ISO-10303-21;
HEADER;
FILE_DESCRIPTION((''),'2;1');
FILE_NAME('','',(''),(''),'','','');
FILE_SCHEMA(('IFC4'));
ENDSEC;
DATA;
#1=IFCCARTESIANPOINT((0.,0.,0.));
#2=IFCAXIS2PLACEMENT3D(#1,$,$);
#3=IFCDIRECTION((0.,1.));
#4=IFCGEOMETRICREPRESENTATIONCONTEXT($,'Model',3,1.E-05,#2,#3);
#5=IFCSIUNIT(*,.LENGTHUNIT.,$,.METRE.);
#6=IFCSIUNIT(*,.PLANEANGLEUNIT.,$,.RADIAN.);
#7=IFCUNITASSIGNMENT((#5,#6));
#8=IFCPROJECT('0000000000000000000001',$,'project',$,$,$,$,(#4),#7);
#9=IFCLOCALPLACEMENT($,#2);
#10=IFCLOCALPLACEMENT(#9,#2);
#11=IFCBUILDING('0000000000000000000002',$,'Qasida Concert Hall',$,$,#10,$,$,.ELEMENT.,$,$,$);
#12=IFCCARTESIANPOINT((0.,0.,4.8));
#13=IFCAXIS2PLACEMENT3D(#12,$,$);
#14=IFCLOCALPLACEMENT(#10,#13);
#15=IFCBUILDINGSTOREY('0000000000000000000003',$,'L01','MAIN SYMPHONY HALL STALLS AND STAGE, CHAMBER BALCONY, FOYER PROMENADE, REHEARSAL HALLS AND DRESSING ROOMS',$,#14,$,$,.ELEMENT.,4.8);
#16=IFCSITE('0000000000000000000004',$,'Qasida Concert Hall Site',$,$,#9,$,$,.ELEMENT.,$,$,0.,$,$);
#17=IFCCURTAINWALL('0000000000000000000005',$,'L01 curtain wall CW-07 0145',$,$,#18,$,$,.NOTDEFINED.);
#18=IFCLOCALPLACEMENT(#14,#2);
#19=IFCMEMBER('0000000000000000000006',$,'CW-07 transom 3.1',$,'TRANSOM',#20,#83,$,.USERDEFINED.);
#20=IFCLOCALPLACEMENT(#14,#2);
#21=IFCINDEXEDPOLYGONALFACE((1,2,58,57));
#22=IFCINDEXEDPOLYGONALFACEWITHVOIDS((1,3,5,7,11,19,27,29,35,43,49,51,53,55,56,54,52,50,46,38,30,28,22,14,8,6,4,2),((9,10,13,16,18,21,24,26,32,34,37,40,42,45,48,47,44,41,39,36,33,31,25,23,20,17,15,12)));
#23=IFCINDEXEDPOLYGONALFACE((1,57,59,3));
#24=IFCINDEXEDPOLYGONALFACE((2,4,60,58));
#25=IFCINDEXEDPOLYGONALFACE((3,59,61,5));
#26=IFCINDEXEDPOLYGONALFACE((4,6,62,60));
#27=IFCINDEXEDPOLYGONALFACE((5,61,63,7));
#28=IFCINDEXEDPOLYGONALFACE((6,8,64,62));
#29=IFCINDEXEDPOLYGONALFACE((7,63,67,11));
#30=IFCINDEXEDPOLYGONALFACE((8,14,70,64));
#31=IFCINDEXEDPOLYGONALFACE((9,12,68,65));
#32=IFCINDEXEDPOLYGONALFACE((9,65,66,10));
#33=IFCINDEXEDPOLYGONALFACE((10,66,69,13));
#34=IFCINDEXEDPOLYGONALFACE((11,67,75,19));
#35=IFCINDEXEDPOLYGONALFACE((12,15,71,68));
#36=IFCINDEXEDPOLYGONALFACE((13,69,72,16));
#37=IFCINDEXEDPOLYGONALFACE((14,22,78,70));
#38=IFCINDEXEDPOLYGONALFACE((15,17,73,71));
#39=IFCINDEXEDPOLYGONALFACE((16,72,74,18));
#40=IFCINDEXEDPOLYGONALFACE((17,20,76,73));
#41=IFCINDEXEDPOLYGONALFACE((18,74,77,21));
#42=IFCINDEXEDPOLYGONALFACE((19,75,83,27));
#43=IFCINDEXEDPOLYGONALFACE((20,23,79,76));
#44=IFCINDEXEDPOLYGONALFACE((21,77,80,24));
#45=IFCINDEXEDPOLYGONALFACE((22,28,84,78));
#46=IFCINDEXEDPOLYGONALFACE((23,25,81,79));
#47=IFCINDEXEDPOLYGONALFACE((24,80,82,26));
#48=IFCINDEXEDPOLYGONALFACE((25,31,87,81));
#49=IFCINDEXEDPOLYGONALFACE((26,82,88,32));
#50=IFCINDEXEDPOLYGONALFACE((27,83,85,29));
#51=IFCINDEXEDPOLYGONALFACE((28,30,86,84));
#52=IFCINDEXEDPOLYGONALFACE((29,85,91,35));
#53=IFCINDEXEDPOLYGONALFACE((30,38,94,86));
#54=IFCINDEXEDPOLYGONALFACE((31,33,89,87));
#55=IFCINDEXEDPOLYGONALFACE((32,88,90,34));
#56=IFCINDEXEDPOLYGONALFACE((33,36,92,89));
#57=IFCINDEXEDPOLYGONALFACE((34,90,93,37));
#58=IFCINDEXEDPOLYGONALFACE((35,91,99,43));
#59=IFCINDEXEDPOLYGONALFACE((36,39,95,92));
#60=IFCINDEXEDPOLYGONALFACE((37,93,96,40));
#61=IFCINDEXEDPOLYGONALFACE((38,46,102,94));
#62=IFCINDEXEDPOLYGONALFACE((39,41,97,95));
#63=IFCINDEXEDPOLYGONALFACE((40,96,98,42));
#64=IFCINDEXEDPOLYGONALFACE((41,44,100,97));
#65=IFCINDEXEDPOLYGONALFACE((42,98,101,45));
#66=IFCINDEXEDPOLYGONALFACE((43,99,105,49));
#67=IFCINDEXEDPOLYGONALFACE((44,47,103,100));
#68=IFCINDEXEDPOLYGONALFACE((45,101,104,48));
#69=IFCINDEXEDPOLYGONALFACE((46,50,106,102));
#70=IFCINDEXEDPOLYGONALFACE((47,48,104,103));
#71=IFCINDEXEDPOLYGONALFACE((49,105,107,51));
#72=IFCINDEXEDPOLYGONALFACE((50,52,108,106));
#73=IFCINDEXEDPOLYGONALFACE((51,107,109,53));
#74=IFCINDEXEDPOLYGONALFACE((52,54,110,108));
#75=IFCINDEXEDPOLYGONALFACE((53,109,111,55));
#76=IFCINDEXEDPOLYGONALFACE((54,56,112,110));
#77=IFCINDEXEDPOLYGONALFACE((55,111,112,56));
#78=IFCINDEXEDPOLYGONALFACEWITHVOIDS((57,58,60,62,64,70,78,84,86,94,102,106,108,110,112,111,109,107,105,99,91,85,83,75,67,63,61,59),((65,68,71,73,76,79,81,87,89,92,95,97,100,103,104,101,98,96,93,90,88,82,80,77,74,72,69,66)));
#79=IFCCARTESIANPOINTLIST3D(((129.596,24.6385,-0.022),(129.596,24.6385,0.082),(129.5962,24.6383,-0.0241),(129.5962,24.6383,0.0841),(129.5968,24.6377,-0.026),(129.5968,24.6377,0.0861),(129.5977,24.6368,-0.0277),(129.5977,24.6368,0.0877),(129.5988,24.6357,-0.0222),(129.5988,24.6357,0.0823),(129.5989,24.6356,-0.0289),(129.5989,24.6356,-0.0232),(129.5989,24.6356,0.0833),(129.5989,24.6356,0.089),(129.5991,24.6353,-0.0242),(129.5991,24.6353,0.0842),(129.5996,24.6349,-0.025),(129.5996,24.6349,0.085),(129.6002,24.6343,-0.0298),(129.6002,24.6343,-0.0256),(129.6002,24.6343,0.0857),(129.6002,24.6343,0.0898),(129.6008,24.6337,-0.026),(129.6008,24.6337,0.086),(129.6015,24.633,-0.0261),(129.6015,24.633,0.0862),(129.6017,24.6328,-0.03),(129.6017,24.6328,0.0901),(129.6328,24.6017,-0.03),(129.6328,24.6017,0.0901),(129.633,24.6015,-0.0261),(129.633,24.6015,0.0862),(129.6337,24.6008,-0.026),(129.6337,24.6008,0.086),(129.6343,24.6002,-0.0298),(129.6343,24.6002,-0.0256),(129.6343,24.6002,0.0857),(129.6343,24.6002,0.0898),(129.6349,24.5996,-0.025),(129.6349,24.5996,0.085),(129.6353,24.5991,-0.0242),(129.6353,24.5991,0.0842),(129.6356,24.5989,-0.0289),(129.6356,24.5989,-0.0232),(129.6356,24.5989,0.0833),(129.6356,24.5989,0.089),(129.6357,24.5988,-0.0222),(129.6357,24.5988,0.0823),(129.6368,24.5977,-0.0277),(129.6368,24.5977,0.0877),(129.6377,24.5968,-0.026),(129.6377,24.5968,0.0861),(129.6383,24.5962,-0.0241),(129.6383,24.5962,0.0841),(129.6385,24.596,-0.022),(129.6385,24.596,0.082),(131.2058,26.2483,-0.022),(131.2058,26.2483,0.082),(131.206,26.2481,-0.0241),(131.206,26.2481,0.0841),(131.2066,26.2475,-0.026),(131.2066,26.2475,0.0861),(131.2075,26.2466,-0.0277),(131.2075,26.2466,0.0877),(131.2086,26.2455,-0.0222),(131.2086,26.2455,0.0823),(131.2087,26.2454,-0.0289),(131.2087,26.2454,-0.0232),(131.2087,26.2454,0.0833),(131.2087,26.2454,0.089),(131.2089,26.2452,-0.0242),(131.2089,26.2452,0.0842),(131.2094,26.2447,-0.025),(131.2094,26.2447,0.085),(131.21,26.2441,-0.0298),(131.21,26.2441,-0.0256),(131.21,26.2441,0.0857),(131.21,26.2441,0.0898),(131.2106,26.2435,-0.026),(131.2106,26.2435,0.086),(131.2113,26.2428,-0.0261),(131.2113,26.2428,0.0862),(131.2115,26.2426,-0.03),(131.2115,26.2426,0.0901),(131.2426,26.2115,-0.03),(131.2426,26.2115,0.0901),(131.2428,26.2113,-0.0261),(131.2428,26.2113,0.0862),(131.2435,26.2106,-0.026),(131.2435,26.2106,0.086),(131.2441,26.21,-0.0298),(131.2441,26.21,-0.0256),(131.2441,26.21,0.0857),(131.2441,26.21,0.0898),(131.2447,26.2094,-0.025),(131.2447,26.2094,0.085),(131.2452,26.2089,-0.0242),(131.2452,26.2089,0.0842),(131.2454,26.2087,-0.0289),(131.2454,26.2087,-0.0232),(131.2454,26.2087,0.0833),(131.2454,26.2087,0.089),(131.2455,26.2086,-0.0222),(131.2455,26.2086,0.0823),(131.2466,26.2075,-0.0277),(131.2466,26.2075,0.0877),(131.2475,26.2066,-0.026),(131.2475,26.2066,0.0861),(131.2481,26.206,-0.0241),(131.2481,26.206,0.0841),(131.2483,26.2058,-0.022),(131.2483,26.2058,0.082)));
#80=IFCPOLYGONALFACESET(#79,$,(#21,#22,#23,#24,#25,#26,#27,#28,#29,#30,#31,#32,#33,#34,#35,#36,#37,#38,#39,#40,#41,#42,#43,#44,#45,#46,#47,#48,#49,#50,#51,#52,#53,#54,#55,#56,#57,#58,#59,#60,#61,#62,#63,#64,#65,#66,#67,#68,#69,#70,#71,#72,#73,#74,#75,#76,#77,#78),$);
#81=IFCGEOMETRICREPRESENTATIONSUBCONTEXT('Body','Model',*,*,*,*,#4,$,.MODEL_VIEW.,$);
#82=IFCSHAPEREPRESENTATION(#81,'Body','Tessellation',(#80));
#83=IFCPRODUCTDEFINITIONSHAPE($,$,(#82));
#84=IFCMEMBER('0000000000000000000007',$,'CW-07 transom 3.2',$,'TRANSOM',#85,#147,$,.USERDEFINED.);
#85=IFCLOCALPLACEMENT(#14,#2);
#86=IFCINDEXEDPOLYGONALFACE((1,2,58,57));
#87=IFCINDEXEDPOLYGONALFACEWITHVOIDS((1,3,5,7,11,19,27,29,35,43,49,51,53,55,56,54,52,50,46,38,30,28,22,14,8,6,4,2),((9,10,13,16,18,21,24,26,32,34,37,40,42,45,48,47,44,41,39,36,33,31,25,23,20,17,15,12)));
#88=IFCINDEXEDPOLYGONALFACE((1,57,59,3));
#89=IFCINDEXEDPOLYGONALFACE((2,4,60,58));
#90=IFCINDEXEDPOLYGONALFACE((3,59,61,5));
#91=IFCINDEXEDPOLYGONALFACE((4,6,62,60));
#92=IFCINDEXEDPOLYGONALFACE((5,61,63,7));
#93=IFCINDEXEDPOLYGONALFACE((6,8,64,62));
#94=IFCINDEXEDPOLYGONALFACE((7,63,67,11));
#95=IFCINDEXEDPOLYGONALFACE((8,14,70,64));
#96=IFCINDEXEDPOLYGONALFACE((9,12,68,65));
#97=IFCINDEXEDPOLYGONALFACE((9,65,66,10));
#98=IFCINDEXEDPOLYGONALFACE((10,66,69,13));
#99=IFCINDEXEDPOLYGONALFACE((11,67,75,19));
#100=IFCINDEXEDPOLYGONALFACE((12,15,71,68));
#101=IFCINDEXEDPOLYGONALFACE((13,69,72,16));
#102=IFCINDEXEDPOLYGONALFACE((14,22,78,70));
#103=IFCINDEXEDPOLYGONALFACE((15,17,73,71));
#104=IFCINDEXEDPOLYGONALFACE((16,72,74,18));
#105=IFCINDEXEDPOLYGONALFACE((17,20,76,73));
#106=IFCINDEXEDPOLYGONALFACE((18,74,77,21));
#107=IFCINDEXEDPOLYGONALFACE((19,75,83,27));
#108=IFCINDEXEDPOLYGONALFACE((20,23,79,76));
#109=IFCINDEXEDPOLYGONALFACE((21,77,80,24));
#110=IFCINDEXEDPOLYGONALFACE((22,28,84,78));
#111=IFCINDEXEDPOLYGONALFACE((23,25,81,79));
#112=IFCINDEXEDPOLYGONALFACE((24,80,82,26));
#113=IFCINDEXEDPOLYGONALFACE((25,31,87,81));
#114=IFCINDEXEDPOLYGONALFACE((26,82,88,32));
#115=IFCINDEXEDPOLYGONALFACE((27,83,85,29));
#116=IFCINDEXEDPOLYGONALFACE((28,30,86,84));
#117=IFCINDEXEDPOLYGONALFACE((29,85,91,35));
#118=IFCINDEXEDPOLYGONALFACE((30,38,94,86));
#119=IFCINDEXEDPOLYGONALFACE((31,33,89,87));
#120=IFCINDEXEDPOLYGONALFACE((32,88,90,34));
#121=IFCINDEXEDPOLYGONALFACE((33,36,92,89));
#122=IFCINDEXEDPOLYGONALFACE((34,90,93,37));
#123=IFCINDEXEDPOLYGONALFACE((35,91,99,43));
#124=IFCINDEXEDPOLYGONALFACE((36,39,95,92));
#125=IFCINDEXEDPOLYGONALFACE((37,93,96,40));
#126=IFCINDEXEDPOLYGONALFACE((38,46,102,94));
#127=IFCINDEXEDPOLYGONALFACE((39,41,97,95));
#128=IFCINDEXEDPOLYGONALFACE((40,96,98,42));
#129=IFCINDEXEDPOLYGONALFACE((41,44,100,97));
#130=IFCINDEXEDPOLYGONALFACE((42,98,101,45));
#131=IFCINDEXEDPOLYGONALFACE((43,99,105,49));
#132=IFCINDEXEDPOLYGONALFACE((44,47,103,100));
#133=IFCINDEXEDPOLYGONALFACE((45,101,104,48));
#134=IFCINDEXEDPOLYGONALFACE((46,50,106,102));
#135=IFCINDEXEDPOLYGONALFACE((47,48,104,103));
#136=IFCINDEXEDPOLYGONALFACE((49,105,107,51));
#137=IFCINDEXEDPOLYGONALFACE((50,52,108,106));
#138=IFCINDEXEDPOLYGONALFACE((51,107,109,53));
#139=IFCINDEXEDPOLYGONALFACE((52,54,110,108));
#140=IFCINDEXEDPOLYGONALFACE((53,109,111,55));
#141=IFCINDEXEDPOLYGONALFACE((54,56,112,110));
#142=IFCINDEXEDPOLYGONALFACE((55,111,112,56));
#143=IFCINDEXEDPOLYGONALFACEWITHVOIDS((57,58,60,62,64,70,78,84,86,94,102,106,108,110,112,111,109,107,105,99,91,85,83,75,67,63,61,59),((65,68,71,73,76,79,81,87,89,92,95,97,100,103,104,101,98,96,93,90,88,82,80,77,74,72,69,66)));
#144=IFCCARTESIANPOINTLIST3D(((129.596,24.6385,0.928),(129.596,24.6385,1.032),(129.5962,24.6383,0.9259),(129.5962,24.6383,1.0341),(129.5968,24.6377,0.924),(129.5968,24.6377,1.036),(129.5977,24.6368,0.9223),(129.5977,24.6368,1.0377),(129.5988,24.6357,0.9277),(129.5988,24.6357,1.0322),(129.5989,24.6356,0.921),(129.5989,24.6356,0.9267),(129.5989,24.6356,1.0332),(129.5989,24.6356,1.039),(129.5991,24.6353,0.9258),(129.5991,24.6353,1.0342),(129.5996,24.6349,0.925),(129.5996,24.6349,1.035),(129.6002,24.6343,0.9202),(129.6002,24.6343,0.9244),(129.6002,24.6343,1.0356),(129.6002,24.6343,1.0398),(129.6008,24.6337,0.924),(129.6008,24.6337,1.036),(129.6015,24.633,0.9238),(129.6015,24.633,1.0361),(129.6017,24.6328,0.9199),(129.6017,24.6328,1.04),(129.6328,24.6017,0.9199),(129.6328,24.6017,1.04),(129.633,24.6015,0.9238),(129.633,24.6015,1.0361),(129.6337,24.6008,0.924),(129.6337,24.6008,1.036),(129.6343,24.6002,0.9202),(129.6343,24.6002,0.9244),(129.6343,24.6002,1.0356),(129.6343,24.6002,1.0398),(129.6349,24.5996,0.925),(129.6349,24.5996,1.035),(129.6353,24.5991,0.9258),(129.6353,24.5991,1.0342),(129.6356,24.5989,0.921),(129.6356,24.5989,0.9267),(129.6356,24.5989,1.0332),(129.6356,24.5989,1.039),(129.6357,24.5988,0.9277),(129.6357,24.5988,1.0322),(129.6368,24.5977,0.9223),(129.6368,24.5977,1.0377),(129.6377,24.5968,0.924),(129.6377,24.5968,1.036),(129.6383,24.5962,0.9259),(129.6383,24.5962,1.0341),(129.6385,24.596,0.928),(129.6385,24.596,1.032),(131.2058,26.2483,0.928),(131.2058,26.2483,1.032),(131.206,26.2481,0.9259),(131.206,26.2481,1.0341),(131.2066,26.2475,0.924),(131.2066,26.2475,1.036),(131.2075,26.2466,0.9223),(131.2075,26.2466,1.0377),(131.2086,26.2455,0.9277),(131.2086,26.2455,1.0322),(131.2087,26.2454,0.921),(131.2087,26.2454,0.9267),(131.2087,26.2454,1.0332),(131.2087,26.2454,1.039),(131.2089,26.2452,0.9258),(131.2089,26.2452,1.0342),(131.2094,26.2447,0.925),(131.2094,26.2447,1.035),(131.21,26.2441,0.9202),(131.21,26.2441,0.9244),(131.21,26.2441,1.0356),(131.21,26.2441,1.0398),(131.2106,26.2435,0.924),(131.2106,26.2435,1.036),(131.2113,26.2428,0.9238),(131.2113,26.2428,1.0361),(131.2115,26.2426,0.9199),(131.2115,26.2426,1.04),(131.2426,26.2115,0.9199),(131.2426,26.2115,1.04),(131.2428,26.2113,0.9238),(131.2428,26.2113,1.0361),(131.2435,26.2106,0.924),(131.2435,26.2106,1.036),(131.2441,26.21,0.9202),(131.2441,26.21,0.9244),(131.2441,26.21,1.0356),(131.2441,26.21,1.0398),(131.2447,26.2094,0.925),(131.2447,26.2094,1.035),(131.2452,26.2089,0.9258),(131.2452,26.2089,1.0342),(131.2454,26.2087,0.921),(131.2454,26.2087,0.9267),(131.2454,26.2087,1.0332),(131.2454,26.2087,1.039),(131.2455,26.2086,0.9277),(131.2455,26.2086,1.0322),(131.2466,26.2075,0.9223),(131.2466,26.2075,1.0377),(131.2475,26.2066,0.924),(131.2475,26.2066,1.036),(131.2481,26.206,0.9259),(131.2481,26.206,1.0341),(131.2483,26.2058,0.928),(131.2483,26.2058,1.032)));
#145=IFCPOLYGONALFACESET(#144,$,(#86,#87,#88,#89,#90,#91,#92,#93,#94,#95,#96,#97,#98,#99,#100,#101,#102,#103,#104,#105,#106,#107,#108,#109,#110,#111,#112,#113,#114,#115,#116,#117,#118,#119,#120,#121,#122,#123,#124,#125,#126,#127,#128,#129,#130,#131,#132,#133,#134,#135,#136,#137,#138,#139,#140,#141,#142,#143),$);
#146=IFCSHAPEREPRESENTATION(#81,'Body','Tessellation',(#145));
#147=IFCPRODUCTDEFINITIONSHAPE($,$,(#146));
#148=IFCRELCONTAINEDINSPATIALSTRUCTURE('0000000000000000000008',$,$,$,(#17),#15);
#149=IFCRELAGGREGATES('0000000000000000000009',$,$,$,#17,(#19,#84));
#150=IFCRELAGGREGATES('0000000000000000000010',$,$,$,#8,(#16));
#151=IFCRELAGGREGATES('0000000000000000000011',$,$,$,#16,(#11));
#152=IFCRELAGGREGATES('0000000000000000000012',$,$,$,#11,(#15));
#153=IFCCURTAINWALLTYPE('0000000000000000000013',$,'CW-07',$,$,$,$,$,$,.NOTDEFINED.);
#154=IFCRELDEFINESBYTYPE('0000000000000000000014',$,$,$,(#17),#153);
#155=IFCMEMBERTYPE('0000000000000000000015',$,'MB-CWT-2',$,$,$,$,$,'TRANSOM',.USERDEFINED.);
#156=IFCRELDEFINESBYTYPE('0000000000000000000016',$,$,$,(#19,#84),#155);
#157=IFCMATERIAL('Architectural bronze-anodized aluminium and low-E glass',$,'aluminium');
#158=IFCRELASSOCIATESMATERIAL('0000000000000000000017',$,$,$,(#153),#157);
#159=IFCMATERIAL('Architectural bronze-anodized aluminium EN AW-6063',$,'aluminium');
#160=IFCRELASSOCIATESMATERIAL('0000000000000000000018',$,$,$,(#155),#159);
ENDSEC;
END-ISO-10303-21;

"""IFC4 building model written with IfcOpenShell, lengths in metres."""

from ifc_helpers import new_model, si_unit, direction, frame, origin, origin_2d, place, context, subcontext, project, spatial, hollow_rectangle, extrude, material, material_profile, profile_set, type_object, element, aggregate, save


model = new_model("IFC4")

# Units and contexts
model_context = context("Model", 3, precision=1e-05, world=origin(), true_north=direction((0.0, 1.0)))
body_context = subcontext(model_context, "Body", "Model", "MODEL_VIEW")
ifc_project = project(units=[si_unit("LENGTHUNIT", "METRE"), si_unit("PLANEANGLEUNIT", "RADIAN")], contexts=[model_context])

# Site, building, storey
site_placement = place(None, origin())
site = spatial("IfcSite", under=ifc_project, at=site_placement, Name="Qasida Concert Hall Site", CompositionType="ELEMENT", RefElevation=0.0)
building_placement = place(site_placement, origin())
building = spatial("IfcBuilding", under=site, at=building_placement, Name="Qasida Concert Hall", CompositionType="ELEMENT")
storey_placement = place(building_placement, frame((0.0, 0.0, 4.8)))
storey = spatial("IfcBuildingStorey", under=building, at=storey_placement, Name="L01", Description="MAIN SYMPHONY HALL STALLS AND STAGE, CHAMBER BALCONY, FOYER PROMENADE, REHEARSAL HALLS AND DRESSING ROOMS", CompositionType="ELEMENT", Elevation=4.8)

# Curtain wall, members
ifc_material_1 = material(Name="Architectural bronze-anodized aluminium and low-E glass", Category="aluminium")
curtain_wall_type = type_object("IfcCurtainWallType", Name="CW-07", PredefinedType="NOTDEFINED", material=ifc_material_1)
curtain_wall_placement = place(storey_placement, origin())
curtain_wall = element("IfcCurtainWall", 1, at=curtain_wall_placement, inside=storey, type_object=curtain_wall_type, Name="L01 curtain wall CW-07 0145", PredefinedType="NOTDEFINED")
ifc_material_2 = material(Name="Architectural bronze-anodized aluminium EN AW-6063", Category="aluminium")
ifc_material_profile_1 = material_profile(ifc_material_2, hollow_rectangle(XDim=0.0601, YDim=0.1201, WallThickness=0.0039, InnerFilletRadius=0.0039, OuterFilletRadius=0.0081, at=origin_2d()), Name="CWT 120x60x4")
ifc_profile_set_1 = profile_set([ifc_material_profile_1], Name="Architectural bronze-anodized aluminium EN AW-6063")
member_type_1 = type_object("IfcMemberType", Name="MB-CWT-2", ElementType="TRANSOM", PredefinedType="USERDEFINED", material=ifc_profile_set_1)
member_1_placement = place(storey_placement, frame((131.2271, 26.2271, 0.03), z_axis=(-0.707107, -0.707107, 0.0), x_axis=(0.707107, -0.707107, 0.0)))
member_1 = element("IfcMember", 2, at=member_1_placement, type_object=member_type_1, Name="CW-07 transom 3.1", ObjectType="TRANSOM", PredefinedType="USERDEFINED", context=body_context, shape_type="SweptSolid", body=[
    extrude(hollow_rectangle(XDim=0.0601, YDim=0.1201, WallThickness=0.0039, InnerFilletRadius=0.0039, OuterFilletRadius=0.0081, at=origin_2d()), origin(), (0.0, 0.0, 1.0), 2.2766),
])
member_2_placement = place(storey_placement, frame((131.2271, 26.2271, 0.98), z_axis=(-0.707107, -0.707107, 0.0), x_axis=(0.707107, -0.707107, 0.0)))
member_2 = element("IfcMember", 3, at=member_2_placement, type_object=member_type_1, Name="CW-07 transom 3.2", ObjectType="TRANSOM", PredefinedType="USERDEFINED", context=body_context, shape_type="SweptSolid", body=[
    extrude(hollow_rectangle(XDim=0.0601, YDim=0.1201, WallThickness=0.0039, InnerFilletRadius=0.0039, OuterFilletRadius=0.0081, at=origin_2d()), origin(), (0.0, 0.0, 1.0), 2.2766),
])
aggregate(curtain_wall, [member_1, member_2])

save(model, "model.ifc")
